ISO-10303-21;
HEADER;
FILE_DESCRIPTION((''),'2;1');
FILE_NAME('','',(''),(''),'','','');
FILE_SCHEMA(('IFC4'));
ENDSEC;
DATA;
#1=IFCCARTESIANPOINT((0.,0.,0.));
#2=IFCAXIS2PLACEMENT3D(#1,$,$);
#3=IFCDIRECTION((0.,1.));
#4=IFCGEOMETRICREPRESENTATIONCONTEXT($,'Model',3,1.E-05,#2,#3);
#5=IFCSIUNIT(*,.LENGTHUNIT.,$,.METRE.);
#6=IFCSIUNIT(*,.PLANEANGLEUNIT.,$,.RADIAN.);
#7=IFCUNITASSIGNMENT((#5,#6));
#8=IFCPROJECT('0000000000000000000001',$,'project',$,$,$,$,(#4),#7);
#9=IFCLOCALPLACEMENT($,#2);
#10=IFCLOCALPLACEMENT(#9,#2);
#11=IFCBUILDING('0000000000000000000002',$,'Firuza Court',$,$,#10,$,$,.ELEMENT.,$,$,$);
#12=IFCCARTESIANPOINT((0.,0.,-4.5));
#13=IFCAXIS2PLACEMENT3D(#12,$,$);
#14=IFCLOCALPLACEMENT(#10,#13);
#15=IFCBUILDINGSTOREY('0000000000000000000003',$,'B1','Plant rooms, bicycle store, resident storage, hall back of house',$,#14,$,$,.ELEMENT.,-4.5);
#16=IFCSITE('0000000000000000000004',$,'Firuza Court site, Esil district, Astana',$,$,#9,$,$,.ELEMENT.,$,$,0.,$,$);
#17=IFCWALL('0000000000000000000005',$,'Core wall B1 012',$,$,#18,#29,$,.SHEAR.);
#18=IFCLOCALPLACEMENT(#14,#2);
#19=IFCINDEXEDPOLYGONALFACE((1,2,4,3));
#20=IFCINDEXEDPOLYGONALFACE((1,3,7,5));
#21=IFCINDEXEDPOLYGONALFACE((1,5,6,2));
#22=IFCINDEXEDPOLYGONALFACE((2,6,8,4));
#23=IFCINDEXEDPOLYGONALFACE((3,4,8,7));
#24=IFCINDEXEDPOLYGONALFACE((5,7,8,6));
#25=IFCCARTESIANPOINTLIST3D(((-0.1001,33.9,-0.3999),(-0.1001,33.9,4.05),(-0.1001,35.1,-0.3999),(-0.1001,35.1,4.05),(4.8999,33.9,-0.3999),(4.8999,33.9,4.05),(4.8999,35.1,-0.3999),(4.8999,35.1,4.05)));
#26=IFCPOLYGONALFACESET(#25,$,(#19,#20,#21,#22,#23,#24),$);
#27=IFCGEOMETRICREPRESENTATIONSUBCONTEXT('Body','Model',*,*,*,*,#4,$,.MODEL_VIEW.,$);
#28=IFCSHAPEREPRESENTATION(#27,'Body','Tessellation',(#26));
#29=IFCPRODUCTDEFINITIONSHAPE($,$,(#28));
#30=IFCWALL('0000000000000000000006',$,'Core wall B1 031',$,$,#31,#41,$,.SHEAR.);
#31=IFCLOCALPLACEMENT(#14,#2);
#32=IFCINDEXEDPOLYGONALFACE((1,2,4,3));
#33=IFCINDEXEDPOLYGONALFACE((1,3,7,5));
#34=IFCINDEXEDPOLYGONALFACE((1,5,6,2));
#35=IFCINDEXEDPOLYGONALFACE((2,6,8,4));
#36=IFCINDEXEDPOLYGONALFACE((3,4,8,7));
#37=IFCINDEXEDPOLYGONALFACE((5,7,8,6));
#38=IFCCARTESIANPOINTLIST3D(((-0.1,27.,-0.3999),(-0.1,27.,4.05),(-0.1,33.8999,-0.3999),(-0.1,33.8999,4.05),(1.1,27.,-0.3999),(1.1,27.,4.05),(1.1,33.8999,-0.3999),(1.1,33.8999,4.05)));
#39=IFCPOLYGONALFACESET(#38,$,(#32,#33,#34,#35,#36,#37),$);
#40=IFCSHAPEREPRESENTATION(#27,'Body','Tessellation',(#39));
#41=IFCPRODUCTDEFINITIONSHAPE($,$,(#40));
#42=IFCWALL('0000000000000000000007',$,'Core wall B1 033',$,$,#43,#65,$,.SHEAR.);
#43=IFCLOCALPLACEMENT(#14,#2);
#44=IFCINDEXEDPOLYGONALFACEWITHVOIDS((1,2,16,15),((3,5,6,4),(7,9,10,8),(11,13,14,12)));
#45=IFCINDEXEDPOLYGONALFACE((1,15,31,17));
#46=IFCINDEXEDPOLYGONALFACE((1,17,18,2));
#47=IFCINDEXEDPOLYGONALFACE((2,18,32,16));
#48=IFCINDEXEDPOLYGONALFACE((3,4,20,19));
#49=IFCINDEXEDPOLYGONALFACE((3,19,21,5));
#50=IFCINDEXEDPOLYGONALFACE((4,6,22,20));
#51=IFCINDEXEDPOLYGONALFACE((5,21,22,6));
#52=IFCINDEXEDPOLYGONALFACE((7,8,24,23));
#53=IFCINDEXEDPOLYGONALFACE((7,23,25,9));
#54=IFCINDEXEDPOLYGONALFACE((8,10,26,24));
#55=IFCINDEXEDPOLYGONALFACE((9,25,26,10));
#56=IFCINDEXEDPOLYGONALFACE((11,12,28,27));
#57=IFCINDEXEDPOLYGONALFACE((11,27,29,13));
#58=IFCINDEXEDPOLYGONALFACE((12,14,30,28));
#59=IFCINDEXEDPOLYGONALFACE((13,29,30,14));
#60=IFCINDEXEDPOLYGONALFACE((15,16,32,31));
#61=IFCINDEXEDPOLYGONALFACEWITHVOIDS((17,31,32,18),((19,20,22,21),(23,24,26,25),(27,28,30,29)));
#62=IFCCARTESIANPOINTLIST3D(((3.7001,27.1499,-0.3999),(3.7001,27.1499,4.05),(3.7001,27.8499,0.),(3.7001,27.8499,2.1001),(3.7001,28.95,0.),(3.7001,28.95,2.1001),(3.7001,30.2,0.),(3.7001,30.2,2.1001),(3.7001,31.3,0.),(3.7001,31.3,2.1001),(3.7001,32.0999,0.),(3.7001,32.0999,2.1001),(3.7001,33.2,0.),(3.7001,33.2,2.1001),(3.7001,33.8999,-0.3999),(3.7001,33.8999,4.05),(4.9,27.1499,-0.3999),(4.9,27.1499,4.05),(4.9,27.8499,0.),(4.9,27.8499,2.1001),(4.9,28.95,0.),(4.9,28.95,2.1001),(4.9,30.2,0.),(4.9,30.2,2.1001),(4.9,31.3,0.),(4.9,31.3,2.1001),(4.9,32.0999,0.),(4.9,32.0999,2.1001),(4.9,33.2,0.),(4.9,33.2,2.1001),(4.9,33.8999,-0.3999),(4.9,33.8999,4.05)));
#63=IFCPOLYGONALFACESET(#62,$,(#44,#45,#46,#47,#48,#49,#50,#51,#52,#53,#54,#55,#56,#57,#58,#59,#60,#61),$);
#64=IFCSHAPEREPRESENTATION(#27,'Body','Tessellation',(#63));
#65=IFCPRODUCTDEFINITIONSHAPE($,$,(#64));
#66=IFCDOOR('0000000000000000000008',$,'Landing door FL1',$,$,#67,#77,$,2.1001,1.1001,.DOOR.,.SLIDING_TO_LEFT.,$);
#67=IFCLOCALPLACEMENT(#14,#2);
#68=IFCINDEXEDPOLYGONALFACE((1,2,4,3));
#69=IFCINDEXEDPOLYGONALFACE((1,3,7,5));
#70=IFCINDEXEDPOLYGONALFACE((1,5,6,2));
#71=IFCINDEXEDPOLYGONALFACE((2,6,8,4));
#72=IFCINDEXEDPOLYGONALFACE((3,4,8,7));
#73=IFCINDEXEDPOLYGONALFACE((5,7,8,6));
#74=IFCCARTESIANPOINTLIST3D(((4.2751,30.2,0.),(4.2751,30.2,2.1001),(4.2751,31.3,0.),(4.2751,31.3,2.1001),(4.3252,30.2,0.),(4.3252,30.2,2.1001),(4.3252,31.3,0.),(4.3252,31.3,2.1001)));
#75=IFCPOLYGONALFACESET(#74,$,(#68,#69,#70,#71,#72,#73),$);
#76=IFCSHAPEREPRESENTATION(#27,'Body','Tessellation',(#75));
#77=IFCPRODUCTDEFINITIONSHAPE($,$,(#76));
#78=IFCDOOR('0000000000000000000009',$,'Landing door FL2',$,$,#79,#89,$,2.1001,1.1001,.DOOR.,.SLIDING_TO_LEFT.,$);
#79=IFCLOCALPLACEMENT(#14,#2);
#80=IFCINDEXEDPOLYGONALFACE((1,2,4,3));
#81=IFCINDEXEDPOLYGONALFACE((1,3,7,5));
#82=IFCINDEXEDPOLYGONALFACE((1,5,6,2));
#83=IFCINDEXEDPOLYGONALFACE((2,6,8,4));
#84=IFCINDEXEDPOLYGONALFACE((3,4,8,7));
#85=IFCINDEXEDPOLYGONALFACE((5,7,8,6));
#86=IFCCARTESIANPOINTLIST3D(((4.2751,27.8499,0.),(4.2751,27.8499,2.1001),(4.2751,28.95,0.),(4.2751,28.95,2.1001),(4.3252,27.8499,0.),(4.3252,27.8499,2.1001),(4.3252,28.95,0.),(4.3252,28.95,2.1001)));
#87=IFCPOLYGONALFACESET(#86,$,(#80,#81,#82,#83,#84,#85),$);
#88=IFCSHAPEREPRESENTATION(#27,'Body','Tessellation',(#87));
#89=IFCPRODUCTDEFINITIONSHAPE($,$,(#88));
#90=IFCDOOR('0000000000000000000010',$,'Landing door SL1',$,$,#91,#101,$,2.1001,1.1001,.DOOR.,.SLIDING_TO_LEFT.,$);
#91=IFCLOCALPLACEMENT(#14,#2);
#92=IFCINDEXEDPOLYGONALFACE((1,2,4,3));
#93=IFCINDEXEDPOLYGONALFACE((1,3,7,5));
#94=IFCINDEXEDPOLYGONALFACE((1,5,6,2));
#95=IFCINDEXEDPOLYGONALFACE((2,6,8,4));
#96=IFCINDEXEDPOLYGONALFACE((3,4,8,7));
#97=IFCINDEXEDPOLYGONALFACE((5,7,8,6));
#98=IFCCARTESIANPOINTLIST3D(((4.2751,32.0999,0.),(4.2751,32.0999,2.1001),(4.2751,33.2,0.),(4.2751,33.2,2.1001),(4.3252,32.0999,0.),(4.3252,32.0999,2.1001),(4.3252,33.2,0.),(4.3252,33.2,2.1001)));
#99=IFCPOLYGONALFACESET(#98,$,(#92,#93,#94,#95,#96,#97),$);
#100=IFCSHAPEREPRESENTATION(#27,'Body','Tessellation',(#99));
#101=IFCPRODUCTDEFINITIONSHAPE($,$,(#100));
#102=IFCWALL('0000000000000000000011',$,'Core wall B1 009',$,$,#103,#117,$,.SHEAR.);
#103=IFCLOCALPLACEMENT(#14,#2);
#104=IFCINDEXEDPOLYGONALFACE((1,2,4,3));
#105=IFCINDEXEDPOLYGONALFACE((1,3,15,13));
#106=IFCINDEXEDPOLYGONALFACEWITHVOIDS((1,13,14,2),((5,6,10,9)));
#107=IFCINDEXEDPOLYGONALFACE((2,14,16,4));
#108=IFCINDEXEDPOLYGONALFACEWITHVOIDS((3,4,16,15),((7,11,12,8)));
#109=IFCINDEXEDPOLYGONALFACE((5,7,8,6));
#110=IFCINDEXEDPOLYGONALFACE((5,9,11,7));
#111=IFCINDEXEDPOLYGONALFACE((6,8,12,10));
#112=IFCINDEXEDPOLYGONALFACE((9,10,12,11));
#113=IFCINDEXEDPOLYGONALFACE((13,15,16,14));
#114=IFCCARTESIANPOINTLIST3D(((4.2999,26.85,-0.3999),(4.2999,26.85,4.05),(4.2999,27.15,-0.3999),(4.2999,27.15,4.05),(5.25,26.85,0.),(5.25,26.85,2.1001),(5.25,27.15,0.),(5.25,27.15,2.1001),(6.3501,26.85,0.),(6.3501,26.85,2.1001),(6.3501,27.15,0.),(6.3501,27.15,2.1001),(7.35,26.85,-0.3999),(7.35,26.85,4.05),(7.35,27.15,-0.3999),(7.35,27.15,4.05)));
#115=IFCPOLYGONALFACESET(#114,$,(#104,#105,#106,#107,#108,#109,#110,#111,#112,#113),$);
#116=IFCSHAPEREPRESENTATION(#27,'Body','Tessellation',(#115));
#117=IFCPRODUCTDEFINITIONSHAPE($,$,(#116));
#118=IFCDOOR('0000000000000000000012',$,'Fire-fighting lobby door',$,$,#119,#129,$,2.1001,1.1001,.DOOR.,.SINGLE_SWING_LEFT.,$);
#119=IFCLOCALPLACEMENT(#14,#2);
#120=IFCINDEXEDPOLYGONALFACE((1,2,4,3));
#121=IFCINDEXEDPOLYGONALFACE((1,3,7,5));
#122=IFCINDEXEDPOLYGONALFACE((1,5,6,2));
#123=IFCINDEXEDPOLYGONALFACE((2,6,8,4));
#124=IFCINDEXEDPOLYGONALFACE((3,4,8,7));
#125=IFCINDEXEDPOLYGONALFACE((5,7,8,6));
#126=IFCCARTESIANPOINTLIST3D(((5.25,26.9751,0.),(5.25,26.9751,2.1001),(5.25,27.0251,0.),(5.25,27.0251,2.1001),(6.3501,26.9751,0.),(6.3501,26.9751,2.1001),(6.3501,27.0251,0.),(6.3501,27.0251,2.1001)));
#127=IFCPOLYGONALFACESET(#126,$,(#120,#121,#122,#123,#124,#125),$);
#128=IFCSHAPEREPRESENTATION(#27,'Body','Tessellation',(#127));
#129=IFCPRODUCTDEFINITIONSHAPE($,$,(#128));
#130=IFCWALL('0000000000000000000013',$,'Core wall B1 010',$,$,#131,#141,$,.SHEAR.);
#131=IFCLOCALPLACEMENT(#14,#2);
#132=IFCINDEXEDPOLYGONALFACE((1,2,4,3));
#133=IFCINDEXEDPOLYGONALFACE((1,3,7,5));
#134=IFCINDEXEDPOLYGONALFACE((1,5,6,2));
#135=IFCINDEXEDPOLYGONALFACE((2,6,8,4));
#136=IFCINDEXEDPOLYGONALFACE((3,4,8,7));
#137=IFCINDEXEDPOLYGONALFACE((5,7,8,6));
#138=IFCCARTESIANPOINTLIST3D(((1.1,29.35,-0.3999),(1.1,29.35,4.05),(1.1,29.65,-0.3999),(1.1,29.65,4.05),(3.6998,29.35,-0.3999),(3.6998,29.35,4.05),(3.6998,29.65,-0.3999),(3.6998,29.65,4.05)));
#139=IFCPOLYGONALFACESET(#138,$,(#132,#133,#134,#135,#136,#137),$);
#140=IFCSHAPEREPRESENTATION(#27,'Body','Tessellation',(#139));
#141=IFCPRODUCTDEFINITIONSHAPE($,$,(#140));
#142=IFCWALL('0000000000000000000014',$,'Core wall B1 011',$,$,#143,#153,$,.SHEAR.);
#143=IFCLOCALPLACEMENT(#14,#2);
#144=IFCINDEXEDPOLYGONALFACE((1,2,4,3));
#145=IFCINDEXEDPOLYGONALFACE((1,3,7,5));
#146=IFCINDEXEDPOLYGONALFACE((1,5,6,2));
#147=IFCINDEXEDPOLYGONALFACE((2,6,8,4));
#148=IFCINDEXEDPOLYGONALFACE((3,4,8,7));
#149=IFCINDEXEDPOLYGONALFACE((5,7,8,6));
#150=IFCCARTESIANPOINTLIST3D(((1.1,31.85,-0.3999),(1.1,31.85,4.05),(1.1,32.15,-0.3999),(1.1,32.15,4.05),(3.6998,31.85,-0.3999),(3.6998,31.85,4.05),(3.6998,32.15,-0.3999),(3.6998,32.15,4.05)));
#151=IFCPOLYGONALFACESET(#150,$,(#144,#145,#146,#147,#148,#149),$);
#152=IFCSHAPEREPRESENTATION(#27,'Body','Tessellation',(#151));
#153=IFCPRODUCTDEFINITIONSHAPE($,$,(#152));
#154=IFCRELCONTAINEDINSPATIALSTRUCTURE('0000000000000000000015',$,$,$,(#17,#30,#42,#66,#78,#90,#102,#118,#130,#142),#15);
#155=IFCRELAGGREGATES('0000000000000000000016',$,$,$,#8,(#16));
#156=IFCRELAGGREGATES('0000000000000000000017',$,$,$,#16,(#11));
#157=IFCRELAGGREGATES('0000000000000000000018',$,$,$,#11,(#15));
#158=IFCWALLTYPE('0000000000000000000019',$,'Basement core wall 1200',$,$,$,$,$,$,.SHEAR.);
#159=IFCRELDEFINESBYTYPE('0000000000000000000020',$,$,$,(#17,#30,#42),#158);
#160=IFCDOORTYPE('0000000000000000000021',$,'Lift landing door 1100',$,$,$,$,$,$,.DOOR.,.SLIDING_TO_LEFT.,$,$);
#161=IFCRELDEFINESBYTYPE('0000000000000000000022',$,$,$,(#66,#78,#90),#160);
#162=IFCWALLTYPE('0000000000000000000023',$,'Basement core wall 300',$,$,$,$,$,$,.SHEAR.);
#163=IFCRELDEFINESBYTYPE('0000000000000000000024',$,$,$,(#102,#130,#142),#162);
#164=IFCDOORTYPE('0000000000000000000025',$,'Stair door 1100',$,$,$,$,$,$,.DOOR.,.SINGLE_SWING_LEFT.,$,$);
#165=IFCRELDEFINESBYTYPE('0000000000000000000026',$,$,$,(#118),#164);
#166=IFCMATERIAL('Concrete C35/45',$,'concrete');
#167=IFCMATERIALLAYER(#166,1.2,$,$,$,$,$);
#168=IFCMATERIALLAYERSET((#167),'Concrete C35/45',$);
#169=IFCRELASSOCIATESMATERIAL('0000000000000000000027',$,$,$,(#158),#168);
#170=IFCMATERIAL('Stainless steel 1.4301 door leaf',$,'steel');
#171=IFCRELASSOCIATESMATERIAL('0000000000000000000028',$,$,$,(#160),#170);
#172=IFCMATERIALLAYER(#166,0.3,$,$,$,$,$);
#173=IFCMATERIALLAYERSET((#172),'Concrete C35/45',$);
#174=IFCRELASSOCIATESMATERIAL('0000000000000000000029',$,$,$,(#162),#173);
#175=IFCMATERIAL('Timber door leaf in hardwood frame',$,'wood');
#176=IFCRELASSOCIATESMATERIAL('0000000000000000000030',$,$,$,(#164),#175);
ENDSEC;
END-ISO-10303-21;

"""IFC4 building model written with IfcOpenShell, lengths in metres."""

from ifc_helpers import new_model, si_unit, direction, frame, frame_2d, origin, place, context, subcontext, project, spatial, rectangle, extrude, material, layer, layer_set, type_object, element, fill, save


model = new_model("IFC4")

# Units and contexts
model_context = context("Model", 3, precision=1e-05, world=origin(), true_north=direction((0.0, 1.0)))
body_context = subcontext(model_context, "Body", "Model", "MODEL_VIEW")
ifc_project = project(units=[si_unit("LENGTHUNIT", "METRE"), si_unit("PLANEANGLEUNIT", "RADIAN")], contexts=[model_context])

# Site, building, storey
site_placement = place(None, origin())
site = spatial("IfcSite", under=ifc_project, at=site_placement, Name="Firuza Court site, Esil district, Astana", CompositionType="ELEMENT", RefElevation=0.0)
building_placement = place(site_placement, origin())
building = spatial("IfcBuilding", under=site, at=building_placement, Name="Firuza Court", CompositionType="ELEMENT")
storey_placement = place(building_placement, frame((0.0, 0.0, -4.5)))
storey = spatial("IfcBuildingStorey", under=building, at=storey_placement, Name="B1", Description="Plant rooms, bicycle store, resident storage, hall back of house", CompositionType="ELEMENT", Elevation=-4.5)

# Walls
ifc_material_1 = material(Name="Concrete C35/45", Category="concrete")
ifc_layer_1 = layer(ifc_material_1, 1.2)
ifc_layer_set_1 = layer_set([ifc_layer_1], Name="Concrete C35/45")
wall_type_1 = type_object("IfcWallType", Name="Basement core wall 1200", PredefinedType="SHEAR", material=ifc_layer_set_1)
wall_1_placement = place(storey_placement, frame((-0.1001, 34.5, -0.3999), z_axis=(0.0, 0.0, 1.0), x_axis=(1.0, 0.0, 0.0)))
element("IfcWall", 1, at=wall_1_placement, inside=storey, type_object=wall_type_1, Name="Core wall B1 012", PredefinedType="SHEAR", context=body_context, shape_type="SweptSolid", body=[
    extrude(rectangle(XDim=5.0, YDim=1.2, at=frame_2d((2.5, 0.0))), origin(), (0.0, 0.0, 1.0), 4.45),
])
wall_2_placement = place(storey_placement, frame((0.5, 27.0, -0.3999), z_axis=(0.0, 0.0, 1.0), x_axis=(0.0, 1.0, 0.0)))
element("IfcWall", 2, at=wall_2_placement, inside=storey, type_object=wall_type_1, Name="Core wall B1 031", PredefinedType="SHEAR", context=body_context, shape_type="SweptSolid", body=[
    extrude(rectangle(XDim=6.8999, YDim=1.2, at=frame_2d((3.45, 0.0))), origin(), (0.0, 0.0, 1.0), 4.45),
])

# Wall, openings, doors
wall_3_placement = place(storey_placement, frame((4.3, 27.1499, -0.3999), z_axis=(0.0, 0.0, 1.0), x_axis=(0.0, 1.0, 0.0)))
wall_3 = element("IfcWall", 3, at=wall_3_placement, inside=storey, type_object=wall_type_1, Name="Core wall B1 033", PredefinedType="SHEAR", context=body_context, shape_type="SweptSolid", body=[
    extrude(rectangle(XDim=6.75, YDim=1.2, at=frame_2d((3.375, 0.0))), origin(), (0.0, 0.0, 1.0), 4.45),
])
opening_1_placement = place(wall_3_placement, frame((3.05, 0.0, 0.3999)))
opening_1 = element("IfcOpeningElement", 4, at=opening_1_placement, cuts=wall_3, PredefinedType="OPENING", context=body_context, shape_type="SweptSolid", body=[
    extrude(rectangle(XDim=1.1001, YDim=2.1001, at=frame_2d((0.55, 1.05))), frame((0.0, 0.6118, 0.0), z_axis=(0.0, -1.0, 0.0), x_axis=(1.0, 0.0, 0.0)), (0.0, 0.0, 1.0), 1.2239),
])
opening_2_placement = place(wall_3_placement, frame((0.7, 0.0, 0.3999)))
opening_2 = element("IfcOpeningElement", 5, at=opening_2_placement, cuts=wall_3, PredefinedType="OPENING", context=body_context, shape_type="SweptSolid", body=[
    extrude(rectangle(XDim=1.1001, YDim=2.1001, at=frame_2d((0.55, 1.05))), frame((0.0, 0.6118, 0.0), z_axis=(0.0, -1.0, 0.0), x_axis=(1.0, 0.0, 0.0)), (0.0, 0.0, 1.0), 1.2239),
])
opening_3_placement = place(wall_3_placement, frame((4.95, 0.0, 0.3999)))
opening_3 = element("IfcOpeningElement", 6, at=opening_3_placement, cuts=wall_3, PredefinedType="OPENING", context=body_context, shape_type="SweptSolid", body=[
    extrude(rectangle(XDim=1.1001, YDim=2.1001, at=frame_2d((0.55, 1.05))), frame((0.0, 0.6118, 0.0), z_axis=(0.0, -1.0, 0.0), x_axis=(1.0, 0.0, 0.0)), (0.0, 0.0, 1.0), 1.2239),
])
ifc_material_2 = material(Name="Stainless steel 1.4301 door leaf", Category="steel")
door_type_1 = type_object("IfcDoorType", Name="Lift landing door 1100", OperationType="SLIDING_TO_LEFT", PredefinedType="DOOR", material=ifc_material_2)
door_1_placement = place(opening_1_placement, origin())
door_1 = element("IfcDoor", 7, at=door_1_placement, inside=storey, type_object=door_type_1, Name="Landing door FL1", OperationType="SLIDING_TO_LEFT", OverallHeight=2.1001, OverallWidth=1.1001, PredefinedType="DOOR", context=body_context, shape_type="SweptSolid", body=[
    extrude(rectangle(XDim=1.1001, YDim=2.1001, at=frame_2d((0.55, 1.05))), frame((0.0, 0.0249, 0.0), z_axis=(0.0, -1.0, 0.0), x_axis=(1.0, 0.0, 0.0)), (0.0, 0.0, 1.0), 0.05),
])
fill(opening_1, door_1)
door_2_placement = place(opening_2_placement, origin())
door_2 = element("IfcDoor", 8, at=door_2_placement, inside=storey, type_object=door_type_1, Name="Landing door FL2", OperationType="SLIDING_TO_LEFT", OverallHeight=2.1001, OverallWidth=1.1001, PredefinedType="DOOR", context=body_context, shape_type="SweptSolid", body=[
    extrude(rectangle(XDim=1.1001, YDim=2.1001, at=frame_2d((0.55, 1.05))), frame((0.0, 0.0249, 0.0), z_axis=(0.0, -1.0, 0.0), x_axis=(1.0, 0.0, 0.0)), (0.0, 0.0, 1.0), 0.05),
])
fill(opening_2, door_2)
door_3_placement = place(opening_3_placement, origin())
door_3 = element("IfcDoor", 9, at=door_3_placement, inside=storey, type_object=door_type_1, Name="Landing door SL1", OperationType="SLIDING_TO_LEFT", OverallHeight=2.1001, OverallWidth=1.1001, PredefinedType="DOOR", context=body_context, shape_type="SweptSolid", body=[
    extrude(rectangle(XDim=1.1001, YDim=2.1001, at=frame_2d((0.55, 1.05))), frame((0.0, 0.0249, 0.0), z_axis=(0.0, -1.0, 0.0), x_axis=(1.0, 0.0, 0.0)), (0.0, 0.0, 1.0), 0.05),
])
fill(opening_3, door_3)

# Wall, opening, door
ifc_layer_2 = layer(ifc_material_1, 0.3)
ifc_layer_set_2 = layer_set([ifc_layer_2], Name="Concrete C35/45")
wall_type_2 = type_object("IfcWallType", Name="Basement core wall 300", PredefinedType="SHEAR", material=ifc_layer_set_2)
wall_4_placement = place(storey_placement, frame((4.3, 27.0, -0.3999), z_axis=(0.0, 0.0, 1.0), x_axis=(1.0, 0.0, 0.0)))
wall_4 = element("IfcWall", 10, at=wall_4_placement, inside=storey, type_object=wall_type_2, Name="Core wall B1 009", PredefinedType="SHEAR", context=body_context, shape_type="SweptSolid", body=[
    extrude(rectangle(XDim=3.05, YDim=0.3, at=frame_2d((1.5249, 0.0))), origin(), (0.0, 0.0, 1.0), 4.45),
])
opening_4_placement = place(wall_4_placement, frame((0.95, 0.0, 0.3999)))
opening_4 = element("IfcOpeningElement", 11, at=opening_4_placement, cuts=wall_4, PredefinedType="OPENING", context=body_context, shape_type="SweptSolid", body=[
    extrude(rectangle(XDim=1.1001, YDim=2.1001, at=frame_2d((0.55, 1.05))), frame((0.0, 0.1621, 0.0), z_axis=(0.0, -1.0, 0.0), x_axis=(1.0, 0.0, 0.0)), (0.0, 0.0, 1.0), 0.324),
])
ifc_material_3 = material(Name="Timber door leaf in hardwood frame", Category="wood")
door_type_2 = type_object("IfcDoorType", Name="Stair door 1100", OperationType="SINGLE_SWING_LEFT", PredefinedType="DOOR", material=ifc_material_3)
door_4_placement = place(opening_4_placement, frame((1.1001, 0.0, 0.0), z_axis=(0.0, 0.0, 1.0), x_axis=(-1.0, 0.0, 0.0)))
door_4 = element("IfcDoor", 12, at=door_4_placement, inside=storey, type_object=door_type_2, Name="Fire-fighting lobby door", OperationType="SINGLE_SWING_LEFT", OverallHeight=2.1001, OverallWidth=1.1001, PredefinedType="DOOR", context=body_context, shape_type="SweptSolid", body=[
    extrude(rectangle(XDim=1.1001, YDim=2.1001, at=frame_2d((0.55, 1.05))), frame((0.0, 0.0249, 0.0), z_axis=(0.0, -1.0, 0.0), x_axis=(1.0, 0.0, 0.0)), (0.0, 0.0, 1.0), 0.05),
])
fill(opening_4, door_4)

# Walls
for number, where, z_axis, x_axis, name in (
    (13, (1.1001, 29.5, -0.3999), (0.0, 0.0, 1.0), (1.0, 0.0, 0.0), "Core wall B1 010"),
    (14, (1.1001, 32.0, -0.3999), (0.0, 0.0, 1.0), (1.0, 0.0, 0.0), "Core wall B1 011"),
):
    element("IfcWall", number, at=place(storey_placement, frame(where, z_axis=z_axis, x_axis=x_axis)), inside=storey, type_object=wall_type_2, Name=name, PredefinedType="SHEAR", context=body_context, shape_type="SweptSolid", body=[
        extrude(rectangle(XDim=2.5999, YDim=0.3, at=frame_2d((1.2998, 0.0))), origin(), (0.0, 0.0, 1.0), 4.45),
    ])

save(model, "model.ifc")
